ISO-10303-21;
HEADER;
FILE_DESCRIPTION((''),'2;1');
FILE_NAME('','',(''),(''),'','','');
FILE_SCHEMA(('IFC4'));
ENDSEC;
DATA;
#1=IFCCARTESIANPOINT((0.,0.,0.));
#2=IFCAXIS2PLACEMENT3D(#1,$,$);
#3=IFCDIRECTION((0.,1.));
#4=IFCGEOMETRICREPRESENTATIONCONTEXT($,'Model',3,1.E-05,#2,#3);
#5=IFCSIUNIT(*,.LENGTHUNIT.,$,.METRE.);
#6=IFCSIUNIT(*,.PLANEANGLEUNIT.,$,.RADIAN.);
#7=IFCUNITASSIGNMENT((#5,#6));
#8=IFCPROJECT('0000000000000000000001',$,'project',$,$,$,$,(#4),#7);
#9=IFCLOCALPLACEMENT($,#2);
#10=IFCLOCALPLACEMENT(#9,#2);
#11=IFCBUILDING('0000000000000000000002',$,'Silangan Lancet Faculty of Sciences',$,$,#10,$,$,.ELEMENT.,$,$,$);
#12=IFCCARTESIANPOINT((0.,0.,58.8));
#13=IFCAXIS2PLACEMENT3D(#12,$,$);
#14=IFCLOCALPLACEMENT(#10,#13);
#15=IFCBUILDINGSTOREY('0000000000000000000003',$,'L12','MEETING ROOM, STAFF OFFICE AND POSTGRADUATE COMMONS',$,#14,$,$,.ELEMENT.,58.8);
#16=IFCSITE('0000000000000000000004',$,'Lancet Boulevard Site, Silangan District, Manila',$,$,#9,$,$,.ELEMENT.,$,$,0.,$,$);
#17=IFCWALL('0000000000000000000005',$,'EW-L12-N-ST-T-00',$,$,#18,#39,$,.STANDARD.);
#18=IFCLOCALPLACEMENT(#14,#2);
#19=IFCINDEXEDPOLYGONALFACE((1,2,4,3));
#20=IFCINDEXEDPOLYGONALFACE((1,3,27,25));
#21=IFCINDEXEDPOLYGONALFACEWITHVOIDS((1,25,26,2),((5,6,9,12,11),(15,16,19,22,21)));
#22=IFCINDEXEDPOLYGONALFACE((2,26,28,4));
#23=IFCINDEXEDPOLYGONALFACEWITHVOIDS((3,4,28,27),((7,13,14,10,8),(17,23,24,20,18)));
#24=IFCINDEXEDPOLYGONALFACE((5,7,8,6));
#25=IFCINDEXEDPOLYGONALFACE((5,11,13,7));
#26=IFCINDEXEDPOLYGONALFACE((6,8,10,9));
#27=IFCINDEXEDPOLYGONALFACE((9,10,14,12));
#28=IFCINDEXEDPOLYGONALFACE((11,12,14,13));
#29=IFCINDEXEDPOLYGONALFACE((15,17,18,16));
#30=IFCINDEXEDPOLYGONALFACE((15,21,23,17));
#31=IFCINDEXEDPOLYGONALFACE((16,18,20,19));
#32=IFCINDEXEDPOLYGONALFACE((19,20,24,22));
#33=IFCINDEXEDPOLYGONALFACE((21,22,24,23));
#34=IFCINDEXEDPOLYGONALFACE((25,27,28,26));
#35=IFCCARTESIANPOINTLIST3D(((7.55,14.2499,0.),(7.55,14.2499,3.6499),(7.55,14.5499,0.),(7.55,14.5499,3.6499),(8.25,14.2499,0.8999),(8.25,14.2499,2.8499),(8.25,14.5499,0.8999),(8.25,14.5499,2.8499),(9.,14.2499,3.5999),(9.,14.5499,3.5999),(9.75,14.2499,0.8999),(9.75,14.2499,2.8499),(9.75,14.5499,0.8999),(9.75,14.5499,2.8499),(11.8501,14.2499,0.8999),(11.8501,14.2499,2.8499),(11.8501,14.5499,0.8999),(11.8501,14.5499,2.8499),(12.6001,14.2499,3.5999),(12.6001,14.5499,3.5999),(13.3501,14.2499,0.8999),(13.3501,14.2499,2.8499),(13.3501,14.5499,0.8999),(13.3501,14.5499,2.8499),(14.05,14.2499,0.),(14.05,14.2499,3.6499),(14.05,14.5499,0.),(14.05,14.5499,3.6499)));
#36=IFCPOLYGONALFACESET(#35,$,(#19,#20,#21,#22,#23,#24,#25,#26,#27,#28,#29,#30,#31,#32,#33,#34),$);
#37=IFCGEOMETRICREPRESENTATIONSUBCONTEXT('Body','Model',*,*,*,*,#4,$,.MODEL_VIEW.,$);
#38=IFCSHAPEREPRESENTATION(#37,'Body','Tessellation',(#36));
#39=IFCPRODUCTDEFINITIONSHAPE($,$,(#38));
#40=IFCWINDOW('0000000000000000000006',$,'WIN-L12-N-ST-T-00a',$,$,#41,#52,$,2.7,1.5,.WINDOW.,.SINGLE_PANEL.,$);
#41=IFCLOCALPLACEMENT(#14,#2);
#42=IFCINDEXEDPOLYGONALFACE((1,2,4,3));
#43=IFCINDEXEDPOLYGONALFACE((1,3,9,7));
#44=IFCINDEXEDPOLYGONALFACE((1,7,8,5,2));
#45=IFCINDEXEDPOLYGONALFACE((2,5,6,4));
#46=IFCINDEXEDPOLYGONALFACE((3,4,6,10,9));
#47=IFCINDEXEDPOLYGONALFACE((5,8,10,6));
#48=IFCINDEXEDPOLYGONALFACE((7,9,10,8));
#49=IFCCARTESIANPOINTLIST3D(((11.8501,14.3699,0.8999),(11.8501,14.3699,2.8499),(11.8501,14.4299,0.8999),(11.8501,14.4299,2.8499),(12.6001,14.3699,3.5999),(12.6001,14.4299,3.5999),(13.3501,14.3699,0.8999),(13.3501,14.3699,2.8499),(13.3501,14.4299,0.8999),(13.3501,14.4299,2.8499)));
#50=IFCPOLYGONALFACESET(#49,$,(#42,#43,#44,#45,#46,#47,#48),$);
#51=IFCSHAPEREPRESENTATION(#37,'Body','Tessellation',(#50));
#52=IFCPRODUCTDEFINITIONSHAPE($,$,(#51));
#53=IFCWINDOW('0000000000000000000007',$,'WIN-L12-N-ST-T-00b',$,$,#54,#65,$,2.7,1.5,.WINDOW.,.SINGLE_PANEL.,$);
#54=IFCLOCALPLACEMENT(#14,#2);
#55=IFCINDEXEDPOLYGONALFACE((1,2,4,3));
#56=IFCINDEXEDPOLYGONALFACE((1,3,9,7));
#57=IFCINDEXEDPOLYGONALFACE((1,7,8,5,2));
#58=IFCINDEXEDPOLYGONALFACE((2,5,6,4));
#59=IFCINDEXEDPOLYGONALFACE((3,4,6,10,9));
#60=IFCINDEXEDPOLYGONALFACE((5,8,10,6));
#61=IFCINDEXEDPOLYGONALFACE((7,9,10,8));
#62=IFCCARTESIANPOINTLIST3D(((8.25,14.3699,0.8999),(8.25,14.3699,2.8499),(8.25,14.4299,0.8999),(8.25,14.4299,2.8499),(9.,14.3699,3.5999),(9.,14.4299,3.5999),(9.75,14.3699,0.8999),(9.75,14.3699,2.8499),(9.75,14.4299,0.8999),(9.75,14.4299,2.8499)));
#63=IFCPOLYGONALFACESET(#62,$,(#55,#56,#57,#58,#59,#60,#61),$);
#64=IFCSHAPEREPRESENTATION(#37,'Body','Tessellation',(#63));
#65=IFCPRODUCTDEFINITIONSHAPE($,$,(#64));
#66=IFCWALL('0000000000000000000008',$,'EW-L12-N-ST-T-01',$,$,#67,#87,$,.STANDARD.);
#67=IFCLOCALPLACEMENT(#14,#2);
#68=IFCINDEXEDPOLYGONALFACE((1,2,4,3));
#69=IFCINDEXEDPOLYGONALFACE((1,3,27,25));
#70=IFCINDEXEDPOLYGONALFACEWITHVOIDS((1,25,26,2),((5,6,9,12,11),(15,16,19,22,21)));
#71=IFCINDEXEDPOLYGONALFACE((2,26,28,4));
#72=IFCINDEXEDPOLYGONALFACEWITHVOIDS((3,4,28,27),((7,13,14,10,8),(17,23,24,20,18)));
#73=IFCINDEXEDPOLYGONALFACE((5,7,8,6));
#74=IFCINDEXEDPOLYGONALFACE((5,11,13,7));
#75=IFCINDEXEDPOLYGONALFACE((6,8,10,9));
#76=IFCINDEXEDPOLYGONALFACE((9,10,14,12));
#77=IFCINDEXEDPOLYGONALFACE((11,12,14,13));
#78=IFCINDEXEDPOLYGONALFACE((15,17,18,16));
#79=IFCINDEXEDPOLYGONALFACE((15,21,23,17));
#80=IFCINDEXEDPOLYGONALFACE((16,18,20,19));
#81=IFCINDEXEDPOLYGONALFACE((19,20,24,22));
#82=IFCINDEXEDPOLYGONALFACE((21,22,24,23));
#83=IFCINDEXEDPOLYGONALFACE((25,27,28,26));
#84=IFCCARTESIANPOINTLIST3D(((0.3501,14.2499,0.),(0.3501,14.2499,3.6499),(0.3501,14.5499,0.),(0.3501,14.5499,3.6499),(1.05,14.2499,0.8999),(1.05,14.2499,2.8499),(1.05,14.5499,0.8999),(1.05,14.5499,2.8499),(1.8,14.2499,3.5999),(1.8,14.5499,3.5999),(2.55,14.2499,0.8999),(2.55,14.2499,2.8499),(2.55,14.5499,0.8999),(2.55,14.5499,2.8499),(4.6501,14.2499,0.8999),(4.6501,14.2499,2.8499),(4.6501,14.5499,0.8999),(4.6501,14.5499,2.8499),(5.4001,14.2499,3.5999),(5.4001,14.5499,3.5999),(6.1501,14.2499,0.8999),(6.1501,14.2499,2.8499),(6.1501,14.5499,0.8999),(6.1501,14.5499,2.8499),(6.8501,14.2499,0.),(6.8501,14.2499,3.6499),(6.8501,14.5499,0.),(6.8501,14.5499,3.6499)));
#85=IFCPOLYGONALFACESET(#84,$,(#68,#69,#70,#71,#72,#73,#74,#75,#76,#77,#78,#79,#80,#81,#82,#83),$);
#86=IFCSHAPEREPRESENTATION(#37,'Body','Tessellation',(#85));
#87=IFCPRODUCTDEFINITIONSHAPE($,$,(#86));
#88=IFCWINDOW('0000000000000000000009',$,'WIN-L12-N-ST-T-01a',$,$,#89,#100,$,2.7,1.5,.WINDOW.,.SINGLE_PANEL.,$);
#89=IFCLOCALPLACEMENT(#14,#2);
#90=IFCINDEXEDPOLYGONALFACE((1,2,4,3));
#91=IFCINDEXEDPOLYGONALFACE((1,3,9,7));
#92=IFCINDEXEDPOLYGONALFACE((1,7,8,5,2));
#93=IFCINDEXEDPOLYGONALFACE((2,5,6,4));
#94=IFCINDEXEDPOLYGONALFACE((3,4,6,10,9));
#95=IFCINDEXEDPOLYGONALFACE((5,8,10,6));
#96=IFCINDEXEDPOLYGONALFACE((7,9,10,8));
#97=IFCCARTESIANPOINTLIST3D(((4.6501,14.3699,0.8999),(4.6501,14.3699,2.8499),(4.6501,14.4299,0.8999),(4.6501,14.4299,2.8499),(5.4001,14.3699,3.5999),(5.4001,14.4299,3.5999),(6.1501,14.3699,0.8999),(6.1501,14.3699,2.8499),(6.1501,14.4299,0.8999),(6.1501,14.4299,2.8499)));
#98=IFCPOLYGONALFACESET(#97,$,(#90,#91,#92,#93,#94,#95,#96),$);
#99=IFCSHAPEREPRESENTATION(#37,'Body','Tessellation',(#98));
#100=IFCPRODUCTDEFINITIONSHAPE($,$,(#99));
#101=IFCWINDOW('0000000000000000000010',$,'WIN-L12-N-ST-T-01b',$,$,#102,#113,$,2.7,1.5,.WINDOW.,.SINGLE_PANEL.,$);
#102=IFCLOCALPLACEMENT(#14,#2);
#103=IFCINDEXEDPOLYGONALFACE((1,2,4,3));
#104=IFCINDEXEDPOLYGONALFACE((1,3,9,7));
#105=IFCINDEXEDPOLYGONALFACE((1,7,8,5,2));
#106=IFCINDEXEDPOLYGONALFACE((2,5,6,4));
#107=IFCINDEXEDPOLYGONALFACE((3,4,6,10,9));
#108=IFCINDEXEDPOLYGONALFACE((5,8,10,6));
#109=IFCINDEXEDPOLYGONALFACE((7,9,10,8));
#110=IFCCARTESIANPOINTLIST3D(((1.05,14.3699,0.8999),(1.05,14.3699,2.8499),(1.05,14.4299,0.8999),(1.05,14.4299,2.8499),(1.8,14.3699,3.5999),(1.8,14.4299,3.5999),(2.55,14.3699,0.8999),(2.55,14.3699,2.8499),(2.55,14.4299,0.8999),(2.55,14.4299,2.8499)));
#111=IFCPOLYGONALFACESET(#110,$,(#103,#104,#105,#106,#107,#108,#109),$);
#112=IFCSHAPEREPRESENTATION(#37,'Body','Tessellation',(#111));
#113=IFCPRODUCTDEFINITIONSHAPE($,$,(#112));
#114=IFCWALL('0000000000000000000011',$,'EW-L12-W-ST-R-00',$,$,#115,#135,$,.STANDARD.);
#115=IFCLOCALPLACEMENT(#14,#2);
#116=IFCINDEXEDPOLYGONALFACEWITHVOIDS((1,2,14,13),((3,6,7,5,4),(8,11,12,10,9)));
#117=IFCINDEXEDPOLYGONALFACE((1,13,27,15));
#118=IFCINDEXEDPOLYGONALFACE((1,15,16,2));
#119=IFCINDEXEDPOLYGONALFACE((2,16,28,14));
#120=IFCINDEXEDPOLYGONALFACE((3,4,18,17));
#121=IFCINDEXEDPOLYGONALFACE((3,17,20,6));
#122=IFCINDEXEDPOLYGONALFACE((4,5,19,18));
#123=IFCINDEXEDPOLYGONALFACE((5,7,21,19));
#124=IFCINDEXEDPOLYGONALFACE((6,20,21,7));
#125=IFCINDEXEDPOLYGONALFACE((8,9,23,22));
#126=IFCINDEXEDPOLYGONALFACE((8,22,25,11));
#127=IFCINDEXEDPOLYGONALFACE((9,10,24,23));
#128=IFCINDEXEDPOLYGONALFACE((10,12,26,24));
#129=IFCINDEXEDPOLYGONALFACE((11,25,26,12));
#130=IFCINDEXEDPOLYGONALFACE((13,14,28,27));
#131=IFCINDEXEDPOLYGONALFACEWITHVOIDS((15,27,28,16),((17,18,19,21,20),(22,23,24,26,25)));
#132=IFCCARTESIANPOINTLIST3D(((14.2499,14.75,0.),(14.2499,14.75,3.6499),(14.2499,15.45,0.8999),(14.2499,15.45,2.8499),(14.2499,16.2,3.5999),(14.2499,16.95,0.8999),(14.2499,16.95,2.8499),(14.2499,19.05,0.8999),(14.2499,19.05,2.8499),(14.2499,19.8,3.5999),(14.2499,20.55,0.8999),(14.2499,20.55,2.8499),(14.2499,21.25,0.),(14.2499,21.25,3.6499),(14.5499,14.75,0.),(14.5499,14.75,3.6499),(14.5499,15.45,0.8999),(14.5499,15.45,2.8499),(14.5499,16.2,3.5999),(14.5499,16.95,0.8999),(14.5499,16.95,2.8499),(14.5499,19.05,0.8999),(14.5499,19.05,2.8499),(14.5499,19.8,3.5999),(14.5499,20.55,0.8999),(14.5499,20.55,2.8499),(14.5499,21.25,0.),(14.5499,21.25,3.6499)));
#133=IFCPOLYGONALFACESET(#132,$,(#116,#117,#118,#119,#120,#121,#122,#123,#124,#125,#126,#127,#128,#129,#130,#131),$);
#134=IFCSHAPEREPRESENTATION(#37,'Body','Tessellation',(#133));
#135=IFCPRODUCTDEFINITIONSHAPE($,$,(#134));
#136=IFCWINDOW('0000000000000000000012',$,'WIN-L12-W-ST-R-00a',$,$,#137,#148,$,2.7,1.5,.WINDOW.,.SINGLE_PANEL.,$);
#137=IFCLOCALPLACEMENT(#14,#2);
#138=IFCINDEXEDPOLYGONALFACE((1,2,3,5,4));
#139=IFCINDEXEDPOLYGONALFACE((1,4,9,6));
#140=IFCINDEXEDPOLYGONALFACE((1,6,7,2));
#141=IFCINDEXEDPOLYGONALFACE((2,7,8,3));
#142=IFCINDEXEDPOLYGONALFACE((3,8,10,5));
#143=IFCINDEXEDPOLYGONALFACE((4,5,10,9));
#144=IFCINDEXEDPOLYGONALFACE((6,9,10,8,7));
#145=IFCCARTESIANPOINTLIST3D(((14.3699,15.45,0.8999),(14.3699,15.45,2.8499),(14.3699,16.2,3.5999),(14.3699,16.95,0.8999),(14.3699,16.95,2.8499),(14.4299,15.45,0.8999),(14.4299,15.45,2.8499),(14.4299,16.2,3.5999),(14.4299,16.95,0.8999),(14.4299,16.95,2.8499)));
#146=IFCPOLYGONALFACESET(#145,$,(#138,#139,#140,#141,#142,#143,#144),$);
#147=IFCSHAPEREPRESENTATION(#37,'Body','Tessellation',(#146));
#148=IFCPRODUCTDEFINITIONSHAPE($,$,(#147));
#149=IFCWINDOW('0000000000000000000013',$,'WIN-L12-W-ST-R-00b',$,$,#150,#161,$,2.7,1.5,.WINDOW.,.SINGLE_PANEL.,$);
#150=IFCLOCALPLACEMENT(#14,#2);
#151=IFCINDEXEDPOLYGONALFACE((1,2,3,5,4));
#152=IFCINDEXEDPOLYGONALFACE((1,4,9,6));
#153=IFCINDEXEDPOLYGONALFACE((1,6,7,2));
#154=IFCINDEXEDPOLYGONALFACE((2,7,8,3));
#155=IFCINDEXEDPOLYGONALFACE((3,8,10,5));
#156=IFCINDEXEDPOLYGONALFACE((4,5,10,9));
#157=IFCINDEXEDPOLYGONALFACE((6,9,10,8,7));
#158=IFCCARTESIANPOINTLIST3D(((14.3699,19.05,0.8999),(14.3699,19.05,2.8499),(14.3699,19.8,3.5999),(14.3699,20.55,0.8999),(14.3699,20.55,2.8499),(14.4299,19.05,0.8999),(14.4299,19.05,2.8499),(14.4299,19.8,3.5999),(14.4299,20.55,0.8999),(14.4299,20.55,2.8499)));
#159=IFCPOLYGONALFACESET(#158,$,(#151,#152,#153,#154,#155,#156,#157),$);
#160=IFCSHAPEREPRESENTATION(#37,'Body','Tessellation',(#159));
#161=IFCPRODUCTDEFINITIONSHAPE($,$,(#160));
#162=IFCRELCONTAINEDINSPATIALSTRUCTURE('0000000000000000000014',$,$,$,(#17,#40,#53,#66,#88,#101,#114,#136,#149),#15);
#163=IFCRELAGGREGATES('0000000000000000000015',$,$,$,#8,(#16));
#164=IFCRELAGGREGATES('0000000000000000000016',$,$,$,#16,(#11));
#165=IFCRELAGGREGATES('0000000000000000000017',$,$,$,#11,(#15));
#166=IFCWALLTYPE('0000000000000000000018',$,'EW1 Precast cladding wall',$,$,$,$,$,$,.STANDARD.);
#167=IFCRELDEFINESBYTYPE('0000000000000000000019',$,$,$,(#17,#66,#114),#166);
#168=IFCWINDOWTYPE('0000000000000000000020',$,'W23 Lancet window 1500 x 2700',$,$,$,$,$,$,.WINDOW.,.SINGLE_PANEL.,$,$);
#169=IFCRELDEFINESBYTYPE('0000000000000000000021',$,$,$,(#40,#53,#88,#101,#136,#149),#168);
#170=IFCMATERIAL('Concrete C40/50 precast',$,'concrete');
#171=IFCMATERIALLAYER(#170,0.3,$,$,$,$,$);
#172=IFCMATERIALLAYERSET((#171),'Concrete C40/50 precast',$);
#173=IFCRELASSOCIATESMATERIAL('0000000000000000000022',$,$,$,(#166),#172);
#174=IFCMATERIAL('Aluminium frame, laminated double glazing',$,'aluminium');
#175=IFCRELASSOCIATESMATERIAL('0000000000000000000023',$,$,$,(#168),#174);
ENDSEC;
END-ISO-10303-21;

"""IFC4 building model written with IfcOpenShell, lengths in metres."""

from ifc_helpers import new_model, si_unit, direction, frame, frame_2d, origin, place, context, subcontext, project, spatial, polyline, rectangle, outline, extrude, material, layer, layer_set, type_object, element, fill, save


model = new_model("IFC4")

# Units and contexts
model_context = context("Model", 3, precision=1e-05, world=origin(), true_north=direction((0.0, 1.0)))
body_context = subcontext(model_context, "Body", "Model", "MODEL_VIEW")
ifc_project = project(units=[si_unit("LENGTHUNIT", "METRE"), si_unit("PLANEANGLEUNIT", "RADIAN")], contexts=[model_context])

# Site, building, storey
site_placement = place(None, origin())
site = spatial("IfcSite", under=ifc_project, at=site_placement, Name="Lancet Boulevard Site, Silangan District, Manila", CompositionType="ELEMENT", RefElevation=0.0)
building_placement = place(site_placement, origin())
building = spatial("IfcBuilding", under=site, at=building_placement, Name="Silangan Lancet Faculty of Sciences", CompositionType="ELEMENT")
storey_placement = place(building_placement, frame((0.0, 0.0, 58.8)))
storey = spatial("IfcBuildingStorey", under=building, at=storey_placement, Name="L12", Description="MEETING ROOM, STAFF OFFICE AND POSTGRADUATE COMMONS", CompositionType="ELEMENT", Elevation=58.8)

# Walls, openings, windows
ifc_material_1 = material(Name="Concrete C40/50 precast", Category="concrete")
ifc_layer_1 = layer(ifc_material_1, 0.3)
ifc_layer_set_1 = layer_set([ifc_layer_1], Name="Concrete C40/50 precast")
wall_type_1 = type_object("IfcWallType", Name="EW1 Precast cladding wall", PredefinedType="STANDARD", material=ifc_layer_set_1)
wall_1_placement = place(storey_placement, frame((14.05, 14.3999, 0.0), z_axis=(0.0, 0.0, 1.0), x_axis=(-1.0, 0.0, 0.0)))
wall_1 = element("IfcWall", 1, at=wall_1_placement, inside=storey, type_object=wall_type_1, Name="EW-L12-N-ST-T-00", PredefinedType="STANDARD", context=body_context, shape_type="SweptSolid", body=[
    extrude(rectangle(XDim=6.5, YDim=0.3, at=frame_2d((3.25, 0.0))), origin(), (0.0, 0.0, 1.0), 3.6499),
])
opening_1_placement = place(wall_1_placement, frame((0.7, 0.0, 0.8999)))
opening_1 = element("IfcOpeningElement", 2, at=opening_1_placement, cuts=wall_1, PredefinedType="OPENING", context=body_context, shape_type="SweptSolid", body=[
    extrude(outline(polyline([(0.0, 0.0), (1.5, 0.0), (1.5, 1.95), (0.75, 2.7), (0.0, 1.95), (0.0, 0.0)])), frame((0.0, 0.1599, 0.0), z_axis=(0.0, -1.0, 0.0), x_axis=(1.0, 0.0, 0.0)), (0.0, 0.0, 1.0), 0.3201),
])
opening_2_placement = place(wall_1_placement, frame((4.3, 0.0, 0.8999)))
opening_2 = element("IfcOpeningElement", 3, at=opening_2_placement, cuts=wall_1, PredefinedType="OPENING", context=body_context, shape_type="SweptSolid", body=[
    extrude(outline(polyline([(0.0, 0.0), (1.5, 0.0), (1.5, 1.95), (0.75, 2.7), (0.0, 1.95), (0.0, 0.0)])), frame((0.0, 0.1599, 0.0), z_axis=(0.0, -1.0, 0.0), x_axis=(1.0, 0.0, 0.0)), (0.0, 0.0, 1.0), 0.3201),
])
ifc_material_2 = material(Name="Aluminium frame, laminated double glazing", Category="aluminium")
window_type = type_object("IfcWindowType", Name="W23 Lancet window 1500 x 2700", PartitioningType="SINGLE_PANEL", PredefinedType="WINDOW", material=ifc_material_2)
window_1_placement = place(opening_1_placement, origin())
window_1 = element("IfcWindow", 4, at=window_1_placement, inside=storey, type_object=window_type, Name="WIN-L12-N-ST-T-00a", OverallHeight=2.7, OverallWidth=1.5, PartitioningType="SINGLE_PANEL", PredefinedType="WINDOW", context=body_context, shape_type="SweptSolid", body=[
    extrude(outline(polyline([(0.0, 0.0), (1.5, 0.0), (1.5, 1.95), (0.75, 2.7), (0.0, 1.95), (0.0, 0.0)])), frame((0.0, 0.03, 0.0), z_axis=(0.0, -1.0, 0.0), x_axis=(1.0, 0.0, 0.0)), (0.0, 0.0, 1.0), 0.0601),
])
fill(opening_1, window_1)
window_2_placement = place(opening_2_placement, origin())
window_2 = element("IfcWindow", 5, at=window_2_placement, inside=storey, type_object=window_type, Name="WIN-L12-N-ST-T-00b", OverallHeight=2.7, OverallWidth=1.5, PartitioningType="SINGLE_PANEL", PredefinedType="WINDOW", context=body_context, shape_type="SweptSolid", body=[
    extrude(outline(polyline([(0.0, 0.0), (1.5, 0.0), (1.5, 1.95), (0.75, 2.7), (0.0, 1.95), (0.0, 0.0)])), frame((0.0, 0.03, 0.0), z_axis=(0.0, -1.0, 0.0), x_axis=(1.0, 0.0, 0.0)), (0.0, 0.0, 1.0), 0.0601),
])
fill(opening_2, window_2)
wall_2_placement = place(storey_placement, frame((6.8501, 14.3999, 0.0), z_axis=(0.0, 0.0, 1.0), x_axis=(-1.0, 0.0, 0.0)))
wall_2 = element("IfcWall", 6, at=wall_2_placement, inside=storey, type_object=wall_type_1, Name="EW-L12-N-ST-T-01", PredefinedType="STANDARD", context=body_context, shape_type="SweptSolid", body=[
    extrude(rectangle(XDim=6.5, YDim=0.3, at=frame_2d((3.25, 0.0))), origin(), (0.0, 0.0, 1.0), 3.6499),
])
opening_3_placement = place(wall_2_placement, frame((0.7, 0.0, 0.8999)))
opening_3 = element("IfcOpeningElement", 7, at=opening_3_placement, cuts=wall_2, PredefinedType="OPENING", context=body_context, shape_type="SweptSolid", body=[
    extrude(outline(polyline([(0.0, 0.0), (1.5, 0.0), (1.5, 1.95), (0.75, 2.7), (0.0, 1.95), (0.0, 0.0)])), frame((0.0, 0.1599, 0.0), z_axis=(0.0, -1.0, 0.0), x_axis=(1.0, 0.0, 0.0)), (0.0, 0.0, 1.0), 0.3201),
])
opening_4_placement = place(wall_2_placement, frame((4.3, 0.0, 0.8999)))
opening_4 = element("IfcOpeningElement", 8, at=opening_4_placement, cuts=wall_2, PredefinedType="OPENING", context=body_context, shape_type="SweptSolid", body=[
    extrude(outline(polyline([(0.0, 0.0), (1.5, 0.0), (1.5, 1.95), (0.75, 2.7), (0.0, 1.95), (0.0, 0.0)])), frame((0.0, 0.1599, 0.0), z_axis=(0.0, -1.0, 0.0), x_axis=(1.0, 0.0, 0.0)), (0.0, 0.0, 1.0), 0.3201),
])
window_3_placement = place(opening_3_placement, origin())
window_3 = element("IfcWindow", 9, at=window_3_placement, inside=storey, type_object=window_type, Name="WIN-L12-N-ST-T-01a", OverallHeight=2.7, OverallWidth=1.5, PartitioningType="SINGLE_PANEL", PredefinedType="WINDOW", context=body_context, shape_type="SweptSolid", body=[
    extrude(outline(polyline([(0.0, 0.0), (1.5, 0.0), (1.5, 1.95), (0.75, 2.7), (0.0, 1.95), (0.0, 0.0)])), frame((0.0, 0.03, 0.0), z_axis=(0.0, -1.0, 0.0), x_axis=(1.0, 0.0, 0.0)), (0.0, 0.0, 1.0), 0.0601),
])
fill(opening_3, window_3)
window_4_placement = place(opening_4_placement, origin())
window_4 = element("IfcWindow", 10, at=window_4_placement, inside=storey, type_object=window_type, Name="WIN-L12-N-ST-T-01b", OverallHeight=2.7, OverallWidth=1.5, PartitioningType="SINGLE_PANEL", PredefinedType="WINDOW", context=body_context, shape_type="SweptSolid", body=[
    extrude(outline(polyline([(0.0, 0.0), (1.5, 0.0), (1.5, 1.95), (0.75, 2.7), (0.0, 1.95), (0.0, 0.0)])), frame((0.0, 0.03, 0.0), z_axis=(0.0, -1.0, 0.0), x_axis=(1.0, 0.0, 0.0)), (0.0, 0.0, 1.0), 0.0601),
])
fill(opening_4, window_4)
wall_3_placement = place(storey_placement, frame((14.3999, 14.75, 0.0), z_axis=(0.0, 0.0, 1.0), x_axis=(0.0, 1.0, 0.0)))
wall_3 = element("IfcWall", 11, at=wall_3_placement, inside=storey, type_object=wall_type_1, Name="EW-L12-W-ST-R-00", PredefinedType="STANDARD", context=body_context, shape_type="SweptSolid", body=[
    extrude(rectangle(XDim=6.5, YDim=0.3, at=frame_2d((3.25, 0.0))), origin(), (0.0, 0.0, 1.0), 3.6499),
])
opening_5_placement = place(wall_3_placement, frame((0.7, 0.0, 0.8999)))
opening_5 = element("IfcOpeningElement", 12, at=opening_5_placement, cuts=wall_3, PredefinedType="OPENING", context=body_context, shape_type="SweptSolid", body=[
    extrude(outline(polyline([(0.0, 0.0), (1.5, 0.0), (1.5, 1.95), (0.75, 2.7), (0.0, 1.95), (0.0, 0.0)])), frame((0.0, 0.1599, 0.0), z_axis=(0.0, -1.0, 0.0), x_axis=(1.0, 0.0, 0.0)), (0.0, 0.0, 1.0), 0.3201),
])
opening_6_placement = place(wall_3_placement, frame((4.3, 0.0, 0.8999)))
opening_6 = element("IfcOpeningElement", 13, at=opening_6_placement, cuts=wall_3, PredefinedType="OPENING", context=body_context, shape_type="SweptSolid", body=[
    extrude(outline(polyline([(0.0, 0.0), (1.5, 0.0), (1.5, 1.95), (0.75, 2.7), (0.0, 1.95), (0.0, 0.0)])), frame((0.0, 0.1599, 0.0), z_axis=(0.0, -1.0, 0.0), x_axis=(1.0, 0.0, 0.0)), (0.0, 0.0, 1.0), 0.3201),
])
window_5_placement = place(opening_5_placement, origin())
window_5 = element("IfcWindow", 14, at=window_5_placement, inside=storey, type_object=window_type, Name="WIN-L12-W-ST-R-00a", OverallHeight=2.7, OverallWidth=1.5, PartitioningType="SINGLE_PANEL", PredefinedType="WINDOW", context=body_context, shape_type="SweptSolid", body=[
    extrude(outline(polyline([(0.0, 0.0), (1.5, 0.0), (1.5, 1.95), (0.75, 2.7), (0.0, 1.95), (0.0, 0.0)])), frame((0.0, 0.03, 0.0), z_axis=(0.0, -1.0, 0.0), x_axis=(1.0, 0.0, 0.0)), (0.0, 0.0, 1.0), 0.0601),
])
fill(opening_5, window_5)
window_6_placement = place(opening_6_placement, origin())
window_6 = element("IfcWindow", 15, at=window_6_placement, inside=storey, type_object=window_type, Name="WIN-L12-W-ST-R-00b", OverallHeight=2.7, OverallWidth=1.5, PartitioningType="SINGLE_PANEL", PredefinedType="WINDOW", context=body_context, shape_type="SweptSolid", body=[
    extrude(outline(polyline([(0.0, 0.0), (1.5, 0.0), (1.5, 1.95), (0.75, 2.7), (0.0, 1.95), (0.0, 0.0)])), frame((0.0, 0.03, 0.0), z_axis=(0.0, -1.0, 0.0), x_axis=(1.0, 0.0, 0.0)), (0.0, 0.0, 1.0), 0.0601),
])
fill(opening_6, window_6)

save(model, "model.ifc")
